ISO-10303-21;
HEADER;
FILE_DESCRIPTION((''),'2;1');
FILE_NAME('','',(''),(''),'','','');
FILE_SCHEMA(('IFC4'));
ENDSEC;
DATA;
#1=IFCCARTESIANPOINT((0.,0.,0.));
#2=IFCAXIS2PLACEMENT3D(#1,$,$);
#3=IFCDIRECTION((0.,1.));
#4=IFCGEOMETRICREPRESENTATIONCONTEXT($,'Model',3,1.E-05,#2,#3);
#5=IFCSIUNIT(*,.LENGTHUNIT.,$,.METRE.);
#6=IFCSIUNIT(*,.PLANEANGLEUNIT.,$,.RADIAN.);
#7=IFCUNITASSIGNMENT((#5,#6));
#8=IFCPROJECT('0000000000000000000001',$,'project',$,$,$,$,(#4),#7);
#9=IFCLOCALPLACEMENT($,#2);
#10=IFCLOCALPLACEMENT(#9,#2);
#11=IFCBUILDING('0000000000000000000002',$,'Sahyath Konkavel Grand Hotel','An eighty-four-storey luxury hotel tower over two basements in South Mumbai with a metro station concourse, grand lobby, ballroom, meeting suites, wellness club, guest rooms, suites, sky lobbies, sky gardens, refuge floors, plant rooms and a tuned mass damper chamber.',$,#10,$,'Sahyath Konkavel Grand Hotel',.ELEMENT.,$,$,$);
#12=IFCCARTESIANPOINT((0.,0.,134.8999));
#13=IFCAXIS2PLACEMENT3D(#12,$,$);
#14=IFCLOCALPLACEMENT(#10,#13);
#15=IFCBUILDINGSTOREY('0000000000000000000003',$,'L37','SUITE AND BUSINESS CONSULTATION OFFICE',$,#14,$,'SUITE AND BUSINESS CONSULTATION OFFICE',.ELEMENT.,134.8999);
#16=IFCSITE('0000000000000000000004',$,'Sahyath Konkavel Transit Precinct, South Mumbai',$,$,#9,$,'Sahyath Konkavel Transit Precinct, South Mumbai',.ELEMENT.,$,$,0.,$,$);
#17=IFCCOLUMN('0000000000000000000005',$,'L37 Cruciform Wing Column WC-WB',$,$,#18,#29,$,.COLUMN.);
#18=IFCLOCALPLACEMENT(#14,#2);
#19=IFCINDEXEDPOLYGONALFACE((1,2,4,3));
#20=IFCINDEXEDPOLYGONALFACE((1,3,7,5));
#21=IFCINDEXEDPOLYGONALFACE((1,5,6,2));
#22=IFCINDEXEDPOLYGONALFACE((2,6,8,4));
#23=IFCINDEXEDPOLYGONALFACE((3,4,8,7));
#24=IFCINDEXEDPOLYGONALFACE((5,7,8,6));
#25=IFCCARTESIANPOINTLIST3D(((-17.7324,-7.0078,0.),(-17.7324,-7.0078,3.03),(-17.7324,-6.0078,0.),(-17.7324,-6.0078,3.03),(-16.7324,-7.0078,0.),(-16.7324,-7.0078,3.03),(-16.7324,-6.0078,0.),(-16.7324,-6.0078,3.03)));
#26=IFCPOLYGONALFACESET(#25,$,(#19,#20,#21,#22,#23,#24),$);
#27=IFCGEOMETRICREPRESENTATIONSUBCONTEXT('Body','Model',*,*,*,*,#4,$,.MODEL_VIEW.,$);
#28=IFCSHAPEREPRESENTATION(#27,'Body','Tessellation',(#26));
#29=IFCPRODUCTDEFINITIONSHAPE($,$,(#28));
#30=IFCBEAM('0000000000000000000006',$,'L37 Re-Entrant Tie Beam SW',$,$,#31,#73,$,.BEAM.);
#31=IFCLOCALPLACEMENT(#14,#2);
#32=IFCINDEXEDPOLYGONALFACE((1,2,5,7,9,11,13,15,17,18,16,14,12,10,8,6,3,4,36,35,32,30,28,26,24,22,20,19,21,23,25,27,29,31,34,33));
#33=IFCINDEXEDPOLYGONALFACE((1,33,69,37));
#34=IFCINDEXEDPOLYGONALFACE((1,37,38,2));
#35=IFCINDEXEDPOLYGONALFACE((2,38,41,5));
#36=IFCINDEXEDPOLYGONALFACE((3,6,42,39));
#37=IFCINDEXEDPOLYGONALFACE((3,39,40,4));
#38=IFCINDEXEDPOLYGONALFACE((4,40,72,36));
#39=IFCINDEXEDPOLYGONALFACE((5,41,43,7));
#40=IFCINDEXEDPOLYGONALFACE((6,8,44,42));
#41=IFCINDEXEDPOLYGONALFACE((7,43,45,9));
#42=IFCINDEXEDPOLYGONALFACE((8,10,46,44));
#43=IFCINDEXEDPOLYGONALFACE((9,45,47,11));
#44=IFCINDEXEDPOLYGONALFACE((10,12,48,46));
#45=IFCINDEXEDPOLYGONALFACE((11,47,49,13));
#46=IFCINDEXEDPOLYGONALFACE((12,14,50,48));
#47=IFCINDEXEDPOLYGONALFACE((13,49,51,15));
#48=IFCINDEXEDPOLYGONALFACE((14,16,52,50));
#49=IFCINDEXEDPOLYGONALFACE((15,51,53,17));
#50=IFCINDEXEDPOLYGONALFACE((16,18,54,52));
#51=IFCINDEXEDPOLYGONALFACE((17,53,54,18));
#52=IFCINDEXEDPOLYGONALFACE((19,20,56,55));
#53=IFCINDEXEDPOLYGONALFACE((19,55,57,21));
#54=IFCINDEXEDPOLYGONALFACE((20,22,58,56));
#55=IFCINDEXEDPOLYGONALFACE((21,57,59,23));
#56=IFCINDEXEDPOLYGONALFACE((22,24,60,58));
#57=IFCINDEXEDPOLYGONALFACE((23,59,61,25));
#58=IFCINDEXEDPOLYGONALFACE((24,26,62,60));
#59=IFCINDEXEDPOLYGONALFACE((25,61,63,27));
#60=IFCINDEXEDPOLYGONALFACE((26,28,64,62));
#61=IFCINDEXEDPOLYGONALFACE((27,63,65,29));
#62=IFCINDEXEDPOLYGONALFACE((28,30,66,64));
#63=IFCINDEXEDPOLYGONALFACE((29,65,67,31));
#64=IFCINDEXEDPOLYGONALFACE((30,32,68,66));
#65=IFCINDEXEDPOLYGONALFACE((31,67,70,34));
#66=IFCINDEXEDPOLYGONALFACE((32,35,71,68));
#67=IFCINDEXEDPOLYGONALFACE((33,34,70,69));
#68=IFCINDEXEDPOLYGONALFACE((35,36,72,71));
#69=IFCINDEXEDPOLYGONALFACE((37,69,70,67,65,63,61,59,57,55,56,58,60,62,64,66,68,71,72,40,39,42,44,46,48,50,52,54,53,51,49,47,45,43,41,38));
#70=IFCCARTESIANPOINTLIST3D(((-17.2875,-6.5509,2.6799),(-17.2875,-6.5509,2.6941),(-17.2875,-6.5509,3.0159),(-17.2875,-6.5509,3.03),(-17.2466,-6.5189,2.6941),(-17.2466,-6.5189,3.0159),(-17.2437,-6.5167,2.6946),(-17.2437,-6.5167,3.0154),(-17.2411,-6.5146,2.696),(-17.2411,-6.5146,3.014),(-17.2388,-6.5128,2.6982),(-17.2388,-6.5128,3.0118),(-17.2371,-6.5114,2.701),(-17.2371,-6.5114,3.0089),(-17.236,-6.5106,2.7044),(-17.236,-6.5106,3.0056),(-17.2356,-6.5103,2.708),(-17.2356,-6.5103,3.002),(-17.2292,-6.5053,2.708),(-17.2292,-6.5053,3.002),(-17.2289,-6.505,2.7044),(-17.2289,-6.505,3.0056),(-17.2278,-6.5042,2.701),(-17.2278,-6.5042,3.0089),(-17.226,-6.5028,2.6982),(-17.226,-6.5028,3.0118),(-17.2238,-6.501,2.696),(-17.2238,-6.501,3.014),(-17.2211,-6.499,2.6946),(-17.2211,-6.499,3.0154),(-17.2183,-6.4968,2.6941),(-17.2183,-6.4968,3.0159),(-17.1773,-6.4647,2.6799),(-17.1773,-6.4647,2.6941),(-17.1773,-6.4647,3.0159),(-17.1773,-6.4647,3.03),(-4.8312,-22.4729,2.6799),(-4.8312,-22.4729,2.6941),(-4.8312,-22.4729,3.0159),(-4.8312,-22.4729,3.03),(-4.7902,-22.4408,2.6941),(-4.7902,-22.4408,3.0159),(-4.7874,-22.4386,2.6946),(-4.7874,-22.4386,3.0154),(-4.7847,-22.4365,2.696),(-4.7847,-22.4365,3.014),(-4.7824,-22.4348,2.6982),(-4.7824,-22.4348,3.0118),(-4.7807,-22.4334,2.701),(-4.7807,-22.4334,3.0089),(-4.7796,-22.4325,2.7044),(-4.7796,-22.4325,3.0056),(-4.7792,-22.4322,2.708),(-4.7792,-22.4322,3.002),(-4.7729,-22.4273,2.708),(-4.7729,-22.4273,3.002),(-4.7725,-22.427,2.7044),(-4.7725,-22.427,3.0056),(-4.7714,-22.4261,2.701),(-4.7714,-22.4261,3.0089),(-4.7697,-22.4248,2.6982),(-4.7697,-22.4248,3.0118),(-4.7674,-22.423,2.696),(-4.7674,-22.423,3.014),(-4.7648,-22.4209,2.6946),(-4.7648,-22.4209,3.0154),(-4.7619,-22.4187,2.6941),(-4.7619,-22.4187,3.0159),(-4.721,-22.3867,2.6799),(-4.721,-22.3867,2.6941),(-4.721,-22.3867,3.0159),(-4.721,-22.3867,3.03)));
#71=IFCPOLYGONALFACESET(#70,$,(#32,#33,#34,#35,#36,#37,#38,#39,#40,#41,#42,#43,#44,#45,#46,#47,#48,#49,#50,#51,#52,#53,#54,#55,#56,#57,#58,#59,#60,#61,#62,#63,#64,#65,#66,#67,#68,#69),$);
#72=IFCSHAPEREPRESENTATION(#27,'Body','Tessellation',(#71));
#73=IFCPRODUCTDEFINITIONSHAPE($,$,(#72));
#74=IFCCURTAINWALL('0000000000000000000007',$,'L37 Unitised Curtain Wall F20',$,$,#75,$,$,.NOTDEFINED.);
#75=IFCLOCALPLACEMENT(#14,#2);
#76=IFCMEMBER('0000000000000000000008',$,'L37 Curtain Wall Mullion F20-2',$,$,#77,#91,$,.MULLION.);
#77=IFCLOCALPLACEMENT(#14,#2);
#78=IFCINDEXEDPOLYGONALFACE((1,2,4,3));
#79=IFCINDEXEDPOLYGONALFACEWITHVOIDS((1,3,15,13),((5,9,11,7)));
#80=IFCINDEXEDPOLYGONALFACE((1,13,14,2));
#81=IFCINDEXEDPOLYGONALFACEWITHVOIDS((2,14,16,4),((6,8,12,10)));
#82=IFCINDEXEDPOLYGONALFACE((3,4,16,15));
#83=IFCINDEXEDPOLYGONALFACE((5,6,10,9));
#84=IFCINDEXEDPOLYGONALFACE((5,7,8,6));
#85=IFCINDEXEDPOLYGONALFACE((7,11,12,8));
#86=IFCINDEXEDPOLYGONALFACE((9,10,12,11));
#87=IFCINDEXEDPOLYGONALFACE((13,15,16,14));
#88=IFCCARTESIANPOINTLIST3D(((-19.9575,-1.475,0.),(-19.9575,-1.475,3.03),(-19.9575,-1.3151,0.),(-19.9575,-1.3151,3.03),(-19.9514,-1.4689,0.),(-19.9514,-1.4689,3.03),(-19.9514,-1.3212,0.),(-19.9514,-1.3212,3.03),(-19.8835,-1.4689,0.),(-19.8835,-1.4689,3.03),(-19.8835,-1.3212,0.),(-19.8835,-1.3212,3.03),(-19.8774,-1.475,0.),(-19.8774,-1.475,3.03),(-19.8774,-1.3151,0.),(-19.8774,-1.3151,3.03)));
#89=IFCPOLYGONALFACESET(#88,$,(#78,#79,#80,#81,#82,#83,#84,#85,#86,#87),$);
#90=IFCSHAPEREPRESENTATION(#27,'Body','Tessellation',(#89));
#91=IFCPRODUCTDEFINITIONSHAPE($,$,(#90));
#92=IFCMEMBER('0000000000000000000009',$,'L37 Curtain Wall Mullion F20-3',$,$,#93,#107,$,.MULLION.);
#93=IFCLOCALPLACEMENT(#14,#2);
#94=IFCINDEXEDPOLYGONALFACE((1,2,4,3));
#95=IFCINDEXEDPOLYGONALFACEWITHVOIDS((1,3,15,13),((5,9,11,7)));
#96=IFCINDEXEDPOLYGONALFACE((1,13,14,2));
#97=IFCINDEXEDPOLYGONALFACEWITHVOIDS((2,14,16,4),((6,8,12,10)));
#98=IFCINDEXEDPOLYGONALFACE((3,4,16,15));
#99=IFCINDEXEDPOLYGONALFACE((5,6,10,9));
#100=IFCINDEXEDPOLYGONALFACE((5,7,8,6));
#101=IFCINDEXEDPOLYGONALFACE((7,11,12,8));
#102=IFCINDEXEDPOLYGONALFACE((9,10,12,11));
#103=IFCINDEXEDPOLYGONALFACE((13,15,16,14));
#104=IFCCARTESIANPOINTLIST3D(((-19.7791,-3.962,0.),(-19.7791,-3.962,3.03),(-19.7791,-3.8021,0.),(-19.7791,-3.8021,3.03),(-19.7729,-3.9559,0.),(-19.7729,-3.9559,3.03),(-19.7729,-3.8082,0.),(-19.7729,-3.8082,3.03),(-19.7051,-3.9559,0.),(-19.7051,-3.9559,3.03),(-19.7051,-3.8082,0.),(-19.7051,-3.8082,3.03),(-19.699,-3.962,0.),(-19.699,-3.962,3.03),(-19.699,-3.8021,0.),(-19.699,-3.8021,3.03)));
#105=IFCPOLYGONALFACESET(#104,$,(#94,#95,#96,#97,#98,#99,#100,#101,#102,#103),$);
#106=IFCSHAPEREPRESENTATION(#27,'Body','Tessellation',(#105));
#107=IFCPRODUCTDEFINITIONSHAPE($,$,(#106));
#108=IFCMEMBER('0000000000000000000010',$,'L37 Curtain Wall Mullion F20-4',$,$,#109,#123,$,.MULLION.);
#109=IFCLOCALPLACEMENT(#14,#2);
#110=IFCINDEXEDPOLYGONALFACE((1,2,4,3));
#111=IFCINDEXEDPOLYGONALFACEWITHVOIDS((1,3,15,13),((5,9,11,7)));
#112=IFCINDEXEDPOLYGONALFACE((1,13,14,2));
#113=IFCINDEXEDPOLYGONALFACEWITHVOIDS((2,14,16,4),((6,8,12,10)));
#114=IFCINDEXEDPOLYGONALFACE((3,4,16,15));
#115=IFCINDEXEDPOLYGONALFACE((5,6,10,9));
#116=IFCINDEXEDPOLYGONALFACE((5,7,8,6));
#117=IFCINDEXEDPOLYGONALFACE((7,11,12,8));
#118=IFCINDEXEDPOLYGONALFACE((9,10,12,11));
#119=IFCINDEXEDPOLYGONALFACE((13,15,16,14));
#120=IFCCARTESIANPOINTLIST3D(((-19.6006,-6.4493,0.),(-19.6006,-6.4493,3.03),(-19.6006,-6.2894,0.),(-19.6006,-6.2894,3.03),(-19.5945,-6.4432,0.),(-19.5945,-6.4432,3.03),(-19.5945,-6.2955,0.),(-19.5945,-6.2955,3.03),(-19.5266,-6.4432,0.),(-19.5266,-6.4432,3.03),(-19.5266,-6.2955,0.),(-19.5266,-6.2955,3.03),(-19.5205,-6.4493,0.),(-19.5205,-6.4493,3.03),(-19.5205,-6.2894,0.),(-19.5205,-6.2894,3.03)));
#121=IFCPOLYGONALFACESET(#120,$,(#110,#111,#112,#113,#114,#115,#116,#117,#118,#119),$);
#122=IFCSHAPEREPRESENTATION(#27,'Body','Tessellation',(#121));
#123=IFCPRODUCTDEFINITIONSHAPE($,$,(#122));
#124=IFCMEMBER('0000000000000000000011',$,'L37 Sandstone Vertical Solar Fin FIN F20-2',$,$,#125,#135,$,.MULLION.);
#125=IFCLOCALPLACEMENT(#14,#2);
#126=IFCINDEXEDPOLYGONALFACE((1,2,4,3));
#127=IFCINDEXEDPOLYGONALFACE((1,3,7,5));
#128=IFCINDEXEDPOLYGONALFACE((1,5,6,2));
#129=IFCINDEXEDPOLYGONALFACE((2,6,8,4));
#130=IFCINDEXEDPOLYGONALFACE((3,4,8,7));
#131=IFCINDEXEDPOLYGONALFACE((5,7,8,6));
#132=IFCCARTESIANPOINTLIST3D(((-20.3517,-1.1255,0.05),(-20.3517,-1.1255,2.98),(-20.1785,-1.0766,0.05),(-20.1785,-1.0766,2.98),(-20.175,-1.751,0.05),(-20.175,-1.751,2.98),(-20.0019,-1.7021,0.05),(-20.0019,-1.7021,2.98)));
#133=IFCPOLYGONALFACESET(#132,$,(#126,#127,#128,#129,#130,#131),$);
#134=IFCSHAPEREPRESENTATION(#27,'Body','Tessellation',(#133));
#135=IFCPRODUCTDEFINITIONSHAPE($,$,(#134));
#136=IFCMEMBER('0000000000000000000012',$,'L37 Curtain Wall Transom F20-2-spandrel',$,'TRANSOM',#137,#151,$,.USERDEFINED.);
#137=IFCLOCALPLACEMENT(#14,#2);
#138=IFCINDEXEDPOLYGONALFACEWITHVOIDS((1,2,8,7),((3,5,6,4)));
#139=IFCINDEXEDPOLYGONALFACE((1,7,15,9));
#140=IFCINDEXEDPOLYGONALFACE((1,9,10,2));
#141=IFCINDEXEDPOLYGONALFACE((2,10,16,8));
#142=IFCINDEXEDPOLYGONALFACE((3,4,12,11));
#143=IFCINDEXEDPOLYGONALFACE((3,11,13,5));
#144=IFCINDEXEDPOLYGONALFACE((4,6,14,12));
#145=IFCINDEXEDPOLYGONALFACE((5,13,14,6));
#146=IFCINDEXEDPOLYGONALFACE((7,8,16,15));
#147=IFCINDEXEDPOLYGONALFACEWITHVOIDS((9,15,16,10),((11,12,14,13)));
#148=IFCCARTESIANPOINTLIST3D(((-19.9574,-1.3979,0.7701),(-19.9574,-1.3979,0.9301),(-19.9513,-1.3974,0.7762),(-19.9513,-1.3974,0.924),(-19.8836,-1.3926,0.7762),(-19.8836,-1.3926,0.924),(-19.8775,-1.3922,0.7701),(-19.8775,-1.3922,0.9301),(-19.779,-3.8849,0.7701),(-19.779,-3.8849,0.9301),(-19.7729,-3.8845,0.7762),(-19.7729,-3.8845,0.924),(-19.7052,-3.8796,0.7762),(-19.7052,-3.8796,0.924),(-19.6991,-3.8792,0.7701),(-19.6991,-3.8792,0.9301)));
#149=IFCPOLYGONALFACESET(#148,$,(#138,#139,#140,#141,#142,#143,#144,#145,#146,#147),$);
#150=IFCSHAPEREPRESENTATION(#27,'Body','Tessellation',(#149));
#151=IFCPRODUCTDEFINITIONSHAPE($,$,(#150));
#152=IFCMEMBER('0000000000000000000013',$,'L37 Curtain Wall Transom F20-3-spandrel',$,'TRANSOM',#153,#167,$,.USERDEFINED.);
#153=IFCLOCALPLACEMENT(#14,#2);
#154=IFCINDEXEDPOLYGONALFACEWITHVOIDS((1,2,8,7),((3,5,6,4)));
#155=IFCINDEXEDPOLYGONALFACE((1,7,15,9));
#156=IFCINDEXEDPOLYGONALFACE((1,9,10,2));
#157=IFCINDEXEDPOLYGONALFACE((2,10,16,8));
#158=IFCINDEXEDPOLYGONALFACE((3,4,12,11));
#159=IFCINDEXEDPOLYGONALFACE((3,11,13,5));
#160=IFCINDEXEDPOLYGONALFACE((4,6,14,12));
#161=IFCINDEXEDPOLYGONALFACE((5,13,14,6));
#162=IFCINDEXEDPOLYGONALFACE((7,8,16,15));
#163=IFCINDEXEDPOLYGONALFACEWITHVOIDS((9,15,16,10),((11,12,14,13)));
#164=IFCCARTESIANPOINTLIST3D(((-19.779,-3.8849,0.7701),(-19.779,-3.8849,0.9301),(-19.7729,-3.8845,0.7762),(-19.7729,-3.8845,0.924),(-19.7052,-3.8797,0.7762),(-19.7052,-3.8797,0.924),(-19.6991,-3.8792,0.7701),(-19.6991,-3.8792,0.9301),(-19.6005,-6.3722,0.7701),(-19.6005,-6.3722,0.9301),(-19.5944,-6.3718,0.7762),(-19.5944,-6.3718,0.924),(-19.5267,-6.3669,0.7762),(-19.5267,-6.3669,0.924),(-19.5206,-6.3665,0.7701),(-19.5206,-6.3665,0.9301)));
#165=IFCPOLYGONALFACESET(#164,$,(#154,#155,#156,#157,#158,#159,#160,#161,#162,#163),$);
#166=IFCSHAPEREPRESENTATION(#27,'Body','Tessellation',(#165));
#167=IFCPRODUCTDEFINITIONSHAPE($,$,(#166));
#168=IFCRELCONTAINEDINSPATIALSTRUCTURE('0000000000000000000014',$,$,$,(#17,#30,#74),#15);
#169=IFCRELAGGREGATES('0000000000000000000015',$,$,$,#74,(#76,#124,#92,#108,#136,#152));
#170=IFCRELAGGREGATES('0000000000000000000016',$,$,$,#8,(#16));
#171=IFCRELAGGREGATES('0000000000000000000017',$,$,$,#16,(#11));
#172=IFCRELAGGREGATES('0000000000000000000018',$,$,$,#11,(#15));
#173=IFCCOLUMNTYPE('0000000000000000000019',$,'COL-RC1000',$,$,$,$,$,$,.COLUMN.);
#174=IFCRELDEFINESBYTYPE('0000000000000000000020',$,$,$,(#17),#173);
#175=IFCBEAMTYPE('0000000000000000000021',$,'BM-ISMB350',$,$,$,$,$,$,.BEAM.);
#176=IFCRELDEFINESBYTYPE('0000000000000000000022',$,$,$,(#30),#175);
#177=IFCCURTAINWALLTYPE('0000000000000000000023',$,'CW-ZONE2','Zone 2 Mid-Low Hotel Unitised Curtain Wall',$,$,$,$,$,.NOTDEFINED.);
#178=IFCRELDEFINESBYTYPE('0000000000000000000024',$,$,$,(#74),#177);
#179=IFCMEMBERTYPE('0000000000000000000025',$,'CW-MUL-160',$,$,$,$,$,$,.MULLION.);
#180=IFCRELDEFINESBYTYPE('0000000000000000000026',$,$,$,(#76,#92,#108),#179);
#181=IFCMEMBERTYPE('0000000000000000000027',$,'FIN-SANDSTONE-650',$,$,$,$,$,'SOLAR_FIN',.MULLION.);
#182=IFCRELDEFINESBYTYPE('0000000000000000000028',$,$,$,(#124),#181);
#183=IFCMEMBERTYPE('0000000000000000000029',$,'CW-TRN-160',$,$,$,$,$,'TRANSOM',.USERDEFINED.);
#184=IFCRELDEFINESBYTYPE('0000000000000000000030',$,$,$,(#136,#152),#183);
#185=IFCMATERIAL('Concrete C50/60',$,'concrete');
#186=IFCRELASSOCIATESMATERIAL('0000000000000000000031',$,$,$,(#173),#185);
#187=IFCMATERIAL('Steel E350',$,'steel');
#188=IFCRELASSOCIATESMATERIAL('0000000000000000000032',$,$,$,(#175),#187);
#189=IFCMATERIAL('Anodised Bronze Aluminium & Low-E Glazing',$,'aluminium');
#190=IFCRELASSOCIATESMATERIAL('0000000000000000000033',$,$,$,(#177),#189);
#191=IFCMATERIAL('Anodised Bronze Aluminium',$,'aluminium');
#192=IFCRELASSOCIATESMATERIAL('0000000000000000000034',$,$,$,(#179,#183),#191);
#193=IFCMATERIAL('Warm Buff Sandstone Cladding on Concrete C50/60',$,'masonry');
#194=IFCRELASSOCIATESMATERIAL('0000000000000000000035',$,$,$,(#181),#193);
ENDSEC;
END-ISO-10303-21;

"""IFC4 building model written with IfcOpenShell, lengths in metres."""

from ifc_helpers import new_model, si_unit, direction, frame, origin, origin_2d, place, context, subcontext, project, spatial, rectangle, hollow_rectangle, i_section, extrude, source, transform, mapped, material, material_profile, profile_set, type_object, element, aggregate, save


model = new_model("IFC4")

# Units and contexts
model_context = context("Model", 3, precision=1e-05, world=origin(), true_north=direction((0.0, 1.0)))
body_context = subcontext(model_context, "Body", "Model", "MODEL_VIEW")
ifc_project = project(units=[si_unit("LENGTHUNIT", "METRE"), si_unit("PLANEANGLEUNIT", "RADIAN")], contexts=[model_context])

# Site, building, storey
site_placement = place(None, origin())
site = spatial("IfcSite", under=ifc_project, at=site_placement, Name="Sahyath Konkavel Transit Precinct, South Mumbai", LongName="Sahyath Konkavel Transit Precinct, South Mumbai", CompositionType="ELEMENT", RefElevation=0.0)
building_placement = place(site_placement, origin())
building = spatial("IfcBuilding", under=site, at=building_placement, Name="Sahyath Konkavel Grand Hotel", Description="An eighty-four-storey luxury hotel tower over two basements in South Mumbai with a metro station concourse, grand lobby, ballroom, meeting suites, wellness club, guest rooms, suites, sky lobbies, sky gardens, refuge floors, plant rooms and a tuned mass damper chamber.", LongName="Sahyath Konkavel Grand Hotel", CompositionType="ELEMENT")
storey_placement = place(building_placement, frame((0.0, 0.0, 134.8999)))
storey = spatial("IfcBuildingStorey", under=building, at=storey_placement, Name="L37", Description="SUITE AND BUSINESS CONSULTATION OFFICE", LongName="SUITE AND BUSINESS CONSULTATION OFFICE", CompositionType="ELEMENT", Elevation=134.8999)

# Column
ifc_material_1 = material(Name="Concrete C50/60", Category="concrete")
ifc_material_profile_1 = material_profile(ifc_material_1, rectangle(XDim=1.0, YDim=1.0, at=origin_2d()), Name="RC 1000x1000")
ifc_profile_set_1 = profile_set([ifc_material_profile_1], Name="Concrete C50/60")
column_type = type_object("IfcColumnType", Name="COL-RC1000", PredefinedType="COLUMN", material=ifc_profile_set_1)
shared_shape_1 = source(origin(), body_context, "Body", "SweptSolid", [
    extrude(rectangle(XDim=1.0, YDim=1.0, at=origin_2d()), origin(), (0.0, 0.0, 1.0), 3.03),
])
column_placement = place(storey_placement, frame((-17.2324, -6.5078, 0.0), z_axis=(0.0, 0.0, 1.0), x_axis=(1.0, 0.0, 0.0)))
element("IfcColumn", 1, at=column_placement, inside=storey, type_object=column_type, Name="L37 Cruciform Wing Column WC-WB", PredefinedType="COLUMN", context=body_context, shape_type="MappedRepresentation", body=[
    mapped(shared_shape_1, transform((0.0, 0.0, 0.0), scale=1.0)),
])

# Beam
ifc_material_2 = material(Name="Steel E350", Category="steel")
ifc_material_profile_2 = material_profile(ifc_material_2, i_section(OverallWidth=0.1399, OverallDepth=0.3501, WebThickness=0.0081, FlangeThickness=0.0142, FilletRadius=0.0139, at=origin_2d()), Name="ISMB 350")
ifc_profile_set_2 = profile_set([ifc_material_profile_2], Name="Steel E350")
beam_type_1 = type_object("IfcBeamType", Name="BM-ISMB350", PredefinedType="BEAM", material=ifc_profile_set_2)
shared_shape_2 = source(origin(), body_context, "Body", "SweptSolid", [
    extrude(i_section(OverallWidth=0.1399, OverallDepth=0.3501, WebThickness=0.0081, FlangeThickness=0.0142, FilletRadius=0.0139, at=origin_2d()), origin(), (0.0, 0.0, 1.0), 20.2156),
])
beam_1_placement = place(storey_placement, frame((-17.2324, -6.5078, 2.855), z_axis=(0.616176, -0.787608, 0.0), x_axis=(0.787608, 0.616176, 0.0)))
element("IfcBeam", 2, at=beam_1_placement, inside=storey, type_object=beam_type_1, Name="L37 Re-Entrant Tie Beam SW", PredefinedType="BEAM", context=body_context, shape_type="MappedRepresentation", body=[
    mapped(shared_shape_2, transform((0.0, 0.0, 0.0), scale=1.0)),
])

# Curtain wall, members
ifc_material_3 = material(Name="Anodised Bronze Aluminium & Low-E Glazing", Category="aluminium")
curtain_wall_type = type_object("IfcCurtainWallType", Name="CW-ZONE2", Description="Zone 2 Mid-Low Hotel Unitised Curtain Wall", PredefinedType="NOTDEFINED", material=ifc_material_3)
curtain_wall_1_placement = place(storey_placement, origin())
curtain_wall_1 = element("IfcCurtainWall", 3, at=curtain_wall_1_placement, inside=storey, type_object=curtain_wall_type, Name="L37 Unitised Curtain Wall F20", PredefinedType="NOTDEFINED")
ifc_material_4 = material(Name="Anodised Bronze Aluminium", Category="aluminium")
ifc_material_profile_3 = material_profile(ifc_material_4, hollow_rectangle(XDim=0.0801, YDim=0.1599, WallThickness=0.0061, at=origin_2d()), Name="RHS 160x80x6")
ifc_profile_set_3 = profile_set([ifc_material_profile_3], Name="Anodised Bronze Aluminium")
member_type_1 = type_object("IfcMemberType", Name="CW-MUL-160", PredefinedType="MULLION", material=ifc_profile_set_3)
shared_shape_3 = source(origin(), body_context, "Body", "SweptSolid", [
    extrude(hollow_rectangle(XDim=0.0801, YDim=0.1599, WallThickness=0.0061, at=origin_2d()), origin(), (0.0, 0.0, 1.0), 3.03),
])
member_1_placement = place(storey_placement, frame((-19.9175, -1.395, 0.0), z_axis=(0.0, 0.0, 1.0), x_axis=(1.0, 0.0, 0.0)))
member_1 = element("IfcMember", 4, at=member_1_placement, type_object=member_type_1, Name="L37 Curtain Wall Mullion F20-2", PredefinedType="MULLION", context=body_context, shape_type="MappedRepresentation", body=[
    mapped(shared_shape_3, transform((0.0, 0.0, 0.0), scale=1.0)),
])
member_2_placement = place(storey_placement, frame((-19.739, -3.8821, 0.0), z_axis=(0.0, 0.0, 1.0), x_axis=(1.0, 0.0, 0.0)))
member_2 = element("IfcMember", 5, at=member_2_placement, type_object=member_type_1, Name="L37 Curtain Wall Mullion F20-3", PredefinedType="MULLION", context=body_context, shape_type="MappedRepresentation", body=[
    mapped(shared_shape_3, transform((0.0, 0.0, 0.0), scale=1.0)),
])
member_3_placement = place(storey_placement, frame((-19.5605, -6.3694, 0.0), z_axis=(0.0, 0.0, 1.0), x_axis=(1.0, 0.0, 0.0)))
member_3 = element("IfcMember", 6, at=member_3_placement, type_object=member_type_1, Name="L37 Curtain Wall Mullion F20-4", PredefinedType="MULLION", context=body_context, shape_type="MappedRepresentation", body=[
    mapped(shared_shape_3, transform((0.0, 0.0, 0.0), scale=1.0)),
])
ifc_material_5 = material(Name="Warm Buff Sandstone Cladding on Concrete C50/60", Category="masonry")
ifc_material_profile_4 = material_profile(ifc_material_5, rectangle(XDim=0.1799, YDim=0.6499, at=origin_2d()), Name="FIN 180x650")
ifc_profile_set_4 = profile_set([ifc_material_profile_4], Name="Warm Buff Sandstone Cladding on Concrete C50/60")
member_type_2 = type_object("IfcMemberType", Name="FIN-SANDSTONE-650", ElementType="SOLAR_FIN", PredefinedType="MULLION", material=ifc_profile_set_4)
shared_shape_4 = source(origin(), body_context, "Body", "SweptSolid", [
    extrude(rectangle(XDim=0.1799, YDim=0.6499, at=origin_2d()), origin(), (0.0, 0.0, 1.0), 2.9299),
])
member_4_placement = place(storey_placement, frame((-20.1768, -1.4138, 0.05), z_axis=(0.0, 0.0, 1.0), x_axis=(0.96236, 0.271776, 0.0)))
member_4 = element("IfcMember", 7, at=member_4_placement, type_object=member_type_2, Name="L37 Sandstone Vertical Solar Fin FIN F20-2", PredefinedType="MULLION", context=body_context, shape_type="MappedRepresentation", body=[
    mapped(shared_shape_4, transform((0.0, 0.0, 0.0), scale=1.0)),
])
ifc_material_profile_5 = material_profile(ifc_material_4, hollow_rectangle(XDim=0.0801, YDim=0.1599, WallThickness=0.0061, at=origin_2d()), Name="RHS 160x80x6")
ifc_profile_set_5 = profile_set([ifc_material_profile_5], Name="Anodised Bronze Aluminium")
member_type_3 = type_object("IfcMemberType", Name="CW-TRN-160", ElementType="TRANSOM", PredefinedType="USERDEFINED", material=ifc_profile_set_5)
shared_shape_5 = source(origin(), body_context, "Body", "SweptSolid", [
    extrude(hollow_rectangle(XDim=0.0801, YDim=0.1599, WallThickness=0.0061, at=origin_2d()), origin(), (0.0, 0.0, 1.0), 2.4934),
])
member_5_placement = place(storey_placement, frame((-19.9175, -1.395, 0.8501), z_axis=(0.071574, -0.997435, 0.0), x_axis=(0.997435, 0.071574, 0.0)))
member_5 = element("IfcMember", 8, at=member_5_placement, type_object=member_type_3, Name="L37 Curtain Wall Transom F20-2-spandrel", ObjectType="TRANSOM", PredefinedType="USERDEFINED", context=body_context, shape_type="MappedRepresentation", body=[
    mapped(shared_shape_5, transform((0.0, 0.0, 0.0), scale=1.0)),
])
shared_shape_6 = source(origin(), body_context, "Body", "SweptSolid", [
    extrude(hollow_rectangle(XDim=0.0801, YDim=0.1599, WallThickness=0.0061, at=origin_2d()), origin(), (0.0, 0.0, 1.0), 2.4937),
])
member_6_placement = place(storey_placement, frame((-19.739, -3.8821, 0.8501), z_axis=(0.071567, -0.997436, 0.0), x_axis=(0.997436, 0.071567, 0.0)))
member_6 = element("IfcMember", 9, at=member_6_placement, type_object=member_type_3, Name="L37 Curtain Wall Transom F20-3-spandrel", ObjectType="TRANSOM", PredefinedType="USERDEFINED", context=body_context, shape_type="MappedRepresentation", body=[
    mapped(shared_shape_6, transform((0.0, 0.0, 0.0), scale=1.0)),
])

aggregate(curtain_wall_1, [member_1, member_4, member_2, member_3, member_5, member_6])

save(model, "model.ifc")
